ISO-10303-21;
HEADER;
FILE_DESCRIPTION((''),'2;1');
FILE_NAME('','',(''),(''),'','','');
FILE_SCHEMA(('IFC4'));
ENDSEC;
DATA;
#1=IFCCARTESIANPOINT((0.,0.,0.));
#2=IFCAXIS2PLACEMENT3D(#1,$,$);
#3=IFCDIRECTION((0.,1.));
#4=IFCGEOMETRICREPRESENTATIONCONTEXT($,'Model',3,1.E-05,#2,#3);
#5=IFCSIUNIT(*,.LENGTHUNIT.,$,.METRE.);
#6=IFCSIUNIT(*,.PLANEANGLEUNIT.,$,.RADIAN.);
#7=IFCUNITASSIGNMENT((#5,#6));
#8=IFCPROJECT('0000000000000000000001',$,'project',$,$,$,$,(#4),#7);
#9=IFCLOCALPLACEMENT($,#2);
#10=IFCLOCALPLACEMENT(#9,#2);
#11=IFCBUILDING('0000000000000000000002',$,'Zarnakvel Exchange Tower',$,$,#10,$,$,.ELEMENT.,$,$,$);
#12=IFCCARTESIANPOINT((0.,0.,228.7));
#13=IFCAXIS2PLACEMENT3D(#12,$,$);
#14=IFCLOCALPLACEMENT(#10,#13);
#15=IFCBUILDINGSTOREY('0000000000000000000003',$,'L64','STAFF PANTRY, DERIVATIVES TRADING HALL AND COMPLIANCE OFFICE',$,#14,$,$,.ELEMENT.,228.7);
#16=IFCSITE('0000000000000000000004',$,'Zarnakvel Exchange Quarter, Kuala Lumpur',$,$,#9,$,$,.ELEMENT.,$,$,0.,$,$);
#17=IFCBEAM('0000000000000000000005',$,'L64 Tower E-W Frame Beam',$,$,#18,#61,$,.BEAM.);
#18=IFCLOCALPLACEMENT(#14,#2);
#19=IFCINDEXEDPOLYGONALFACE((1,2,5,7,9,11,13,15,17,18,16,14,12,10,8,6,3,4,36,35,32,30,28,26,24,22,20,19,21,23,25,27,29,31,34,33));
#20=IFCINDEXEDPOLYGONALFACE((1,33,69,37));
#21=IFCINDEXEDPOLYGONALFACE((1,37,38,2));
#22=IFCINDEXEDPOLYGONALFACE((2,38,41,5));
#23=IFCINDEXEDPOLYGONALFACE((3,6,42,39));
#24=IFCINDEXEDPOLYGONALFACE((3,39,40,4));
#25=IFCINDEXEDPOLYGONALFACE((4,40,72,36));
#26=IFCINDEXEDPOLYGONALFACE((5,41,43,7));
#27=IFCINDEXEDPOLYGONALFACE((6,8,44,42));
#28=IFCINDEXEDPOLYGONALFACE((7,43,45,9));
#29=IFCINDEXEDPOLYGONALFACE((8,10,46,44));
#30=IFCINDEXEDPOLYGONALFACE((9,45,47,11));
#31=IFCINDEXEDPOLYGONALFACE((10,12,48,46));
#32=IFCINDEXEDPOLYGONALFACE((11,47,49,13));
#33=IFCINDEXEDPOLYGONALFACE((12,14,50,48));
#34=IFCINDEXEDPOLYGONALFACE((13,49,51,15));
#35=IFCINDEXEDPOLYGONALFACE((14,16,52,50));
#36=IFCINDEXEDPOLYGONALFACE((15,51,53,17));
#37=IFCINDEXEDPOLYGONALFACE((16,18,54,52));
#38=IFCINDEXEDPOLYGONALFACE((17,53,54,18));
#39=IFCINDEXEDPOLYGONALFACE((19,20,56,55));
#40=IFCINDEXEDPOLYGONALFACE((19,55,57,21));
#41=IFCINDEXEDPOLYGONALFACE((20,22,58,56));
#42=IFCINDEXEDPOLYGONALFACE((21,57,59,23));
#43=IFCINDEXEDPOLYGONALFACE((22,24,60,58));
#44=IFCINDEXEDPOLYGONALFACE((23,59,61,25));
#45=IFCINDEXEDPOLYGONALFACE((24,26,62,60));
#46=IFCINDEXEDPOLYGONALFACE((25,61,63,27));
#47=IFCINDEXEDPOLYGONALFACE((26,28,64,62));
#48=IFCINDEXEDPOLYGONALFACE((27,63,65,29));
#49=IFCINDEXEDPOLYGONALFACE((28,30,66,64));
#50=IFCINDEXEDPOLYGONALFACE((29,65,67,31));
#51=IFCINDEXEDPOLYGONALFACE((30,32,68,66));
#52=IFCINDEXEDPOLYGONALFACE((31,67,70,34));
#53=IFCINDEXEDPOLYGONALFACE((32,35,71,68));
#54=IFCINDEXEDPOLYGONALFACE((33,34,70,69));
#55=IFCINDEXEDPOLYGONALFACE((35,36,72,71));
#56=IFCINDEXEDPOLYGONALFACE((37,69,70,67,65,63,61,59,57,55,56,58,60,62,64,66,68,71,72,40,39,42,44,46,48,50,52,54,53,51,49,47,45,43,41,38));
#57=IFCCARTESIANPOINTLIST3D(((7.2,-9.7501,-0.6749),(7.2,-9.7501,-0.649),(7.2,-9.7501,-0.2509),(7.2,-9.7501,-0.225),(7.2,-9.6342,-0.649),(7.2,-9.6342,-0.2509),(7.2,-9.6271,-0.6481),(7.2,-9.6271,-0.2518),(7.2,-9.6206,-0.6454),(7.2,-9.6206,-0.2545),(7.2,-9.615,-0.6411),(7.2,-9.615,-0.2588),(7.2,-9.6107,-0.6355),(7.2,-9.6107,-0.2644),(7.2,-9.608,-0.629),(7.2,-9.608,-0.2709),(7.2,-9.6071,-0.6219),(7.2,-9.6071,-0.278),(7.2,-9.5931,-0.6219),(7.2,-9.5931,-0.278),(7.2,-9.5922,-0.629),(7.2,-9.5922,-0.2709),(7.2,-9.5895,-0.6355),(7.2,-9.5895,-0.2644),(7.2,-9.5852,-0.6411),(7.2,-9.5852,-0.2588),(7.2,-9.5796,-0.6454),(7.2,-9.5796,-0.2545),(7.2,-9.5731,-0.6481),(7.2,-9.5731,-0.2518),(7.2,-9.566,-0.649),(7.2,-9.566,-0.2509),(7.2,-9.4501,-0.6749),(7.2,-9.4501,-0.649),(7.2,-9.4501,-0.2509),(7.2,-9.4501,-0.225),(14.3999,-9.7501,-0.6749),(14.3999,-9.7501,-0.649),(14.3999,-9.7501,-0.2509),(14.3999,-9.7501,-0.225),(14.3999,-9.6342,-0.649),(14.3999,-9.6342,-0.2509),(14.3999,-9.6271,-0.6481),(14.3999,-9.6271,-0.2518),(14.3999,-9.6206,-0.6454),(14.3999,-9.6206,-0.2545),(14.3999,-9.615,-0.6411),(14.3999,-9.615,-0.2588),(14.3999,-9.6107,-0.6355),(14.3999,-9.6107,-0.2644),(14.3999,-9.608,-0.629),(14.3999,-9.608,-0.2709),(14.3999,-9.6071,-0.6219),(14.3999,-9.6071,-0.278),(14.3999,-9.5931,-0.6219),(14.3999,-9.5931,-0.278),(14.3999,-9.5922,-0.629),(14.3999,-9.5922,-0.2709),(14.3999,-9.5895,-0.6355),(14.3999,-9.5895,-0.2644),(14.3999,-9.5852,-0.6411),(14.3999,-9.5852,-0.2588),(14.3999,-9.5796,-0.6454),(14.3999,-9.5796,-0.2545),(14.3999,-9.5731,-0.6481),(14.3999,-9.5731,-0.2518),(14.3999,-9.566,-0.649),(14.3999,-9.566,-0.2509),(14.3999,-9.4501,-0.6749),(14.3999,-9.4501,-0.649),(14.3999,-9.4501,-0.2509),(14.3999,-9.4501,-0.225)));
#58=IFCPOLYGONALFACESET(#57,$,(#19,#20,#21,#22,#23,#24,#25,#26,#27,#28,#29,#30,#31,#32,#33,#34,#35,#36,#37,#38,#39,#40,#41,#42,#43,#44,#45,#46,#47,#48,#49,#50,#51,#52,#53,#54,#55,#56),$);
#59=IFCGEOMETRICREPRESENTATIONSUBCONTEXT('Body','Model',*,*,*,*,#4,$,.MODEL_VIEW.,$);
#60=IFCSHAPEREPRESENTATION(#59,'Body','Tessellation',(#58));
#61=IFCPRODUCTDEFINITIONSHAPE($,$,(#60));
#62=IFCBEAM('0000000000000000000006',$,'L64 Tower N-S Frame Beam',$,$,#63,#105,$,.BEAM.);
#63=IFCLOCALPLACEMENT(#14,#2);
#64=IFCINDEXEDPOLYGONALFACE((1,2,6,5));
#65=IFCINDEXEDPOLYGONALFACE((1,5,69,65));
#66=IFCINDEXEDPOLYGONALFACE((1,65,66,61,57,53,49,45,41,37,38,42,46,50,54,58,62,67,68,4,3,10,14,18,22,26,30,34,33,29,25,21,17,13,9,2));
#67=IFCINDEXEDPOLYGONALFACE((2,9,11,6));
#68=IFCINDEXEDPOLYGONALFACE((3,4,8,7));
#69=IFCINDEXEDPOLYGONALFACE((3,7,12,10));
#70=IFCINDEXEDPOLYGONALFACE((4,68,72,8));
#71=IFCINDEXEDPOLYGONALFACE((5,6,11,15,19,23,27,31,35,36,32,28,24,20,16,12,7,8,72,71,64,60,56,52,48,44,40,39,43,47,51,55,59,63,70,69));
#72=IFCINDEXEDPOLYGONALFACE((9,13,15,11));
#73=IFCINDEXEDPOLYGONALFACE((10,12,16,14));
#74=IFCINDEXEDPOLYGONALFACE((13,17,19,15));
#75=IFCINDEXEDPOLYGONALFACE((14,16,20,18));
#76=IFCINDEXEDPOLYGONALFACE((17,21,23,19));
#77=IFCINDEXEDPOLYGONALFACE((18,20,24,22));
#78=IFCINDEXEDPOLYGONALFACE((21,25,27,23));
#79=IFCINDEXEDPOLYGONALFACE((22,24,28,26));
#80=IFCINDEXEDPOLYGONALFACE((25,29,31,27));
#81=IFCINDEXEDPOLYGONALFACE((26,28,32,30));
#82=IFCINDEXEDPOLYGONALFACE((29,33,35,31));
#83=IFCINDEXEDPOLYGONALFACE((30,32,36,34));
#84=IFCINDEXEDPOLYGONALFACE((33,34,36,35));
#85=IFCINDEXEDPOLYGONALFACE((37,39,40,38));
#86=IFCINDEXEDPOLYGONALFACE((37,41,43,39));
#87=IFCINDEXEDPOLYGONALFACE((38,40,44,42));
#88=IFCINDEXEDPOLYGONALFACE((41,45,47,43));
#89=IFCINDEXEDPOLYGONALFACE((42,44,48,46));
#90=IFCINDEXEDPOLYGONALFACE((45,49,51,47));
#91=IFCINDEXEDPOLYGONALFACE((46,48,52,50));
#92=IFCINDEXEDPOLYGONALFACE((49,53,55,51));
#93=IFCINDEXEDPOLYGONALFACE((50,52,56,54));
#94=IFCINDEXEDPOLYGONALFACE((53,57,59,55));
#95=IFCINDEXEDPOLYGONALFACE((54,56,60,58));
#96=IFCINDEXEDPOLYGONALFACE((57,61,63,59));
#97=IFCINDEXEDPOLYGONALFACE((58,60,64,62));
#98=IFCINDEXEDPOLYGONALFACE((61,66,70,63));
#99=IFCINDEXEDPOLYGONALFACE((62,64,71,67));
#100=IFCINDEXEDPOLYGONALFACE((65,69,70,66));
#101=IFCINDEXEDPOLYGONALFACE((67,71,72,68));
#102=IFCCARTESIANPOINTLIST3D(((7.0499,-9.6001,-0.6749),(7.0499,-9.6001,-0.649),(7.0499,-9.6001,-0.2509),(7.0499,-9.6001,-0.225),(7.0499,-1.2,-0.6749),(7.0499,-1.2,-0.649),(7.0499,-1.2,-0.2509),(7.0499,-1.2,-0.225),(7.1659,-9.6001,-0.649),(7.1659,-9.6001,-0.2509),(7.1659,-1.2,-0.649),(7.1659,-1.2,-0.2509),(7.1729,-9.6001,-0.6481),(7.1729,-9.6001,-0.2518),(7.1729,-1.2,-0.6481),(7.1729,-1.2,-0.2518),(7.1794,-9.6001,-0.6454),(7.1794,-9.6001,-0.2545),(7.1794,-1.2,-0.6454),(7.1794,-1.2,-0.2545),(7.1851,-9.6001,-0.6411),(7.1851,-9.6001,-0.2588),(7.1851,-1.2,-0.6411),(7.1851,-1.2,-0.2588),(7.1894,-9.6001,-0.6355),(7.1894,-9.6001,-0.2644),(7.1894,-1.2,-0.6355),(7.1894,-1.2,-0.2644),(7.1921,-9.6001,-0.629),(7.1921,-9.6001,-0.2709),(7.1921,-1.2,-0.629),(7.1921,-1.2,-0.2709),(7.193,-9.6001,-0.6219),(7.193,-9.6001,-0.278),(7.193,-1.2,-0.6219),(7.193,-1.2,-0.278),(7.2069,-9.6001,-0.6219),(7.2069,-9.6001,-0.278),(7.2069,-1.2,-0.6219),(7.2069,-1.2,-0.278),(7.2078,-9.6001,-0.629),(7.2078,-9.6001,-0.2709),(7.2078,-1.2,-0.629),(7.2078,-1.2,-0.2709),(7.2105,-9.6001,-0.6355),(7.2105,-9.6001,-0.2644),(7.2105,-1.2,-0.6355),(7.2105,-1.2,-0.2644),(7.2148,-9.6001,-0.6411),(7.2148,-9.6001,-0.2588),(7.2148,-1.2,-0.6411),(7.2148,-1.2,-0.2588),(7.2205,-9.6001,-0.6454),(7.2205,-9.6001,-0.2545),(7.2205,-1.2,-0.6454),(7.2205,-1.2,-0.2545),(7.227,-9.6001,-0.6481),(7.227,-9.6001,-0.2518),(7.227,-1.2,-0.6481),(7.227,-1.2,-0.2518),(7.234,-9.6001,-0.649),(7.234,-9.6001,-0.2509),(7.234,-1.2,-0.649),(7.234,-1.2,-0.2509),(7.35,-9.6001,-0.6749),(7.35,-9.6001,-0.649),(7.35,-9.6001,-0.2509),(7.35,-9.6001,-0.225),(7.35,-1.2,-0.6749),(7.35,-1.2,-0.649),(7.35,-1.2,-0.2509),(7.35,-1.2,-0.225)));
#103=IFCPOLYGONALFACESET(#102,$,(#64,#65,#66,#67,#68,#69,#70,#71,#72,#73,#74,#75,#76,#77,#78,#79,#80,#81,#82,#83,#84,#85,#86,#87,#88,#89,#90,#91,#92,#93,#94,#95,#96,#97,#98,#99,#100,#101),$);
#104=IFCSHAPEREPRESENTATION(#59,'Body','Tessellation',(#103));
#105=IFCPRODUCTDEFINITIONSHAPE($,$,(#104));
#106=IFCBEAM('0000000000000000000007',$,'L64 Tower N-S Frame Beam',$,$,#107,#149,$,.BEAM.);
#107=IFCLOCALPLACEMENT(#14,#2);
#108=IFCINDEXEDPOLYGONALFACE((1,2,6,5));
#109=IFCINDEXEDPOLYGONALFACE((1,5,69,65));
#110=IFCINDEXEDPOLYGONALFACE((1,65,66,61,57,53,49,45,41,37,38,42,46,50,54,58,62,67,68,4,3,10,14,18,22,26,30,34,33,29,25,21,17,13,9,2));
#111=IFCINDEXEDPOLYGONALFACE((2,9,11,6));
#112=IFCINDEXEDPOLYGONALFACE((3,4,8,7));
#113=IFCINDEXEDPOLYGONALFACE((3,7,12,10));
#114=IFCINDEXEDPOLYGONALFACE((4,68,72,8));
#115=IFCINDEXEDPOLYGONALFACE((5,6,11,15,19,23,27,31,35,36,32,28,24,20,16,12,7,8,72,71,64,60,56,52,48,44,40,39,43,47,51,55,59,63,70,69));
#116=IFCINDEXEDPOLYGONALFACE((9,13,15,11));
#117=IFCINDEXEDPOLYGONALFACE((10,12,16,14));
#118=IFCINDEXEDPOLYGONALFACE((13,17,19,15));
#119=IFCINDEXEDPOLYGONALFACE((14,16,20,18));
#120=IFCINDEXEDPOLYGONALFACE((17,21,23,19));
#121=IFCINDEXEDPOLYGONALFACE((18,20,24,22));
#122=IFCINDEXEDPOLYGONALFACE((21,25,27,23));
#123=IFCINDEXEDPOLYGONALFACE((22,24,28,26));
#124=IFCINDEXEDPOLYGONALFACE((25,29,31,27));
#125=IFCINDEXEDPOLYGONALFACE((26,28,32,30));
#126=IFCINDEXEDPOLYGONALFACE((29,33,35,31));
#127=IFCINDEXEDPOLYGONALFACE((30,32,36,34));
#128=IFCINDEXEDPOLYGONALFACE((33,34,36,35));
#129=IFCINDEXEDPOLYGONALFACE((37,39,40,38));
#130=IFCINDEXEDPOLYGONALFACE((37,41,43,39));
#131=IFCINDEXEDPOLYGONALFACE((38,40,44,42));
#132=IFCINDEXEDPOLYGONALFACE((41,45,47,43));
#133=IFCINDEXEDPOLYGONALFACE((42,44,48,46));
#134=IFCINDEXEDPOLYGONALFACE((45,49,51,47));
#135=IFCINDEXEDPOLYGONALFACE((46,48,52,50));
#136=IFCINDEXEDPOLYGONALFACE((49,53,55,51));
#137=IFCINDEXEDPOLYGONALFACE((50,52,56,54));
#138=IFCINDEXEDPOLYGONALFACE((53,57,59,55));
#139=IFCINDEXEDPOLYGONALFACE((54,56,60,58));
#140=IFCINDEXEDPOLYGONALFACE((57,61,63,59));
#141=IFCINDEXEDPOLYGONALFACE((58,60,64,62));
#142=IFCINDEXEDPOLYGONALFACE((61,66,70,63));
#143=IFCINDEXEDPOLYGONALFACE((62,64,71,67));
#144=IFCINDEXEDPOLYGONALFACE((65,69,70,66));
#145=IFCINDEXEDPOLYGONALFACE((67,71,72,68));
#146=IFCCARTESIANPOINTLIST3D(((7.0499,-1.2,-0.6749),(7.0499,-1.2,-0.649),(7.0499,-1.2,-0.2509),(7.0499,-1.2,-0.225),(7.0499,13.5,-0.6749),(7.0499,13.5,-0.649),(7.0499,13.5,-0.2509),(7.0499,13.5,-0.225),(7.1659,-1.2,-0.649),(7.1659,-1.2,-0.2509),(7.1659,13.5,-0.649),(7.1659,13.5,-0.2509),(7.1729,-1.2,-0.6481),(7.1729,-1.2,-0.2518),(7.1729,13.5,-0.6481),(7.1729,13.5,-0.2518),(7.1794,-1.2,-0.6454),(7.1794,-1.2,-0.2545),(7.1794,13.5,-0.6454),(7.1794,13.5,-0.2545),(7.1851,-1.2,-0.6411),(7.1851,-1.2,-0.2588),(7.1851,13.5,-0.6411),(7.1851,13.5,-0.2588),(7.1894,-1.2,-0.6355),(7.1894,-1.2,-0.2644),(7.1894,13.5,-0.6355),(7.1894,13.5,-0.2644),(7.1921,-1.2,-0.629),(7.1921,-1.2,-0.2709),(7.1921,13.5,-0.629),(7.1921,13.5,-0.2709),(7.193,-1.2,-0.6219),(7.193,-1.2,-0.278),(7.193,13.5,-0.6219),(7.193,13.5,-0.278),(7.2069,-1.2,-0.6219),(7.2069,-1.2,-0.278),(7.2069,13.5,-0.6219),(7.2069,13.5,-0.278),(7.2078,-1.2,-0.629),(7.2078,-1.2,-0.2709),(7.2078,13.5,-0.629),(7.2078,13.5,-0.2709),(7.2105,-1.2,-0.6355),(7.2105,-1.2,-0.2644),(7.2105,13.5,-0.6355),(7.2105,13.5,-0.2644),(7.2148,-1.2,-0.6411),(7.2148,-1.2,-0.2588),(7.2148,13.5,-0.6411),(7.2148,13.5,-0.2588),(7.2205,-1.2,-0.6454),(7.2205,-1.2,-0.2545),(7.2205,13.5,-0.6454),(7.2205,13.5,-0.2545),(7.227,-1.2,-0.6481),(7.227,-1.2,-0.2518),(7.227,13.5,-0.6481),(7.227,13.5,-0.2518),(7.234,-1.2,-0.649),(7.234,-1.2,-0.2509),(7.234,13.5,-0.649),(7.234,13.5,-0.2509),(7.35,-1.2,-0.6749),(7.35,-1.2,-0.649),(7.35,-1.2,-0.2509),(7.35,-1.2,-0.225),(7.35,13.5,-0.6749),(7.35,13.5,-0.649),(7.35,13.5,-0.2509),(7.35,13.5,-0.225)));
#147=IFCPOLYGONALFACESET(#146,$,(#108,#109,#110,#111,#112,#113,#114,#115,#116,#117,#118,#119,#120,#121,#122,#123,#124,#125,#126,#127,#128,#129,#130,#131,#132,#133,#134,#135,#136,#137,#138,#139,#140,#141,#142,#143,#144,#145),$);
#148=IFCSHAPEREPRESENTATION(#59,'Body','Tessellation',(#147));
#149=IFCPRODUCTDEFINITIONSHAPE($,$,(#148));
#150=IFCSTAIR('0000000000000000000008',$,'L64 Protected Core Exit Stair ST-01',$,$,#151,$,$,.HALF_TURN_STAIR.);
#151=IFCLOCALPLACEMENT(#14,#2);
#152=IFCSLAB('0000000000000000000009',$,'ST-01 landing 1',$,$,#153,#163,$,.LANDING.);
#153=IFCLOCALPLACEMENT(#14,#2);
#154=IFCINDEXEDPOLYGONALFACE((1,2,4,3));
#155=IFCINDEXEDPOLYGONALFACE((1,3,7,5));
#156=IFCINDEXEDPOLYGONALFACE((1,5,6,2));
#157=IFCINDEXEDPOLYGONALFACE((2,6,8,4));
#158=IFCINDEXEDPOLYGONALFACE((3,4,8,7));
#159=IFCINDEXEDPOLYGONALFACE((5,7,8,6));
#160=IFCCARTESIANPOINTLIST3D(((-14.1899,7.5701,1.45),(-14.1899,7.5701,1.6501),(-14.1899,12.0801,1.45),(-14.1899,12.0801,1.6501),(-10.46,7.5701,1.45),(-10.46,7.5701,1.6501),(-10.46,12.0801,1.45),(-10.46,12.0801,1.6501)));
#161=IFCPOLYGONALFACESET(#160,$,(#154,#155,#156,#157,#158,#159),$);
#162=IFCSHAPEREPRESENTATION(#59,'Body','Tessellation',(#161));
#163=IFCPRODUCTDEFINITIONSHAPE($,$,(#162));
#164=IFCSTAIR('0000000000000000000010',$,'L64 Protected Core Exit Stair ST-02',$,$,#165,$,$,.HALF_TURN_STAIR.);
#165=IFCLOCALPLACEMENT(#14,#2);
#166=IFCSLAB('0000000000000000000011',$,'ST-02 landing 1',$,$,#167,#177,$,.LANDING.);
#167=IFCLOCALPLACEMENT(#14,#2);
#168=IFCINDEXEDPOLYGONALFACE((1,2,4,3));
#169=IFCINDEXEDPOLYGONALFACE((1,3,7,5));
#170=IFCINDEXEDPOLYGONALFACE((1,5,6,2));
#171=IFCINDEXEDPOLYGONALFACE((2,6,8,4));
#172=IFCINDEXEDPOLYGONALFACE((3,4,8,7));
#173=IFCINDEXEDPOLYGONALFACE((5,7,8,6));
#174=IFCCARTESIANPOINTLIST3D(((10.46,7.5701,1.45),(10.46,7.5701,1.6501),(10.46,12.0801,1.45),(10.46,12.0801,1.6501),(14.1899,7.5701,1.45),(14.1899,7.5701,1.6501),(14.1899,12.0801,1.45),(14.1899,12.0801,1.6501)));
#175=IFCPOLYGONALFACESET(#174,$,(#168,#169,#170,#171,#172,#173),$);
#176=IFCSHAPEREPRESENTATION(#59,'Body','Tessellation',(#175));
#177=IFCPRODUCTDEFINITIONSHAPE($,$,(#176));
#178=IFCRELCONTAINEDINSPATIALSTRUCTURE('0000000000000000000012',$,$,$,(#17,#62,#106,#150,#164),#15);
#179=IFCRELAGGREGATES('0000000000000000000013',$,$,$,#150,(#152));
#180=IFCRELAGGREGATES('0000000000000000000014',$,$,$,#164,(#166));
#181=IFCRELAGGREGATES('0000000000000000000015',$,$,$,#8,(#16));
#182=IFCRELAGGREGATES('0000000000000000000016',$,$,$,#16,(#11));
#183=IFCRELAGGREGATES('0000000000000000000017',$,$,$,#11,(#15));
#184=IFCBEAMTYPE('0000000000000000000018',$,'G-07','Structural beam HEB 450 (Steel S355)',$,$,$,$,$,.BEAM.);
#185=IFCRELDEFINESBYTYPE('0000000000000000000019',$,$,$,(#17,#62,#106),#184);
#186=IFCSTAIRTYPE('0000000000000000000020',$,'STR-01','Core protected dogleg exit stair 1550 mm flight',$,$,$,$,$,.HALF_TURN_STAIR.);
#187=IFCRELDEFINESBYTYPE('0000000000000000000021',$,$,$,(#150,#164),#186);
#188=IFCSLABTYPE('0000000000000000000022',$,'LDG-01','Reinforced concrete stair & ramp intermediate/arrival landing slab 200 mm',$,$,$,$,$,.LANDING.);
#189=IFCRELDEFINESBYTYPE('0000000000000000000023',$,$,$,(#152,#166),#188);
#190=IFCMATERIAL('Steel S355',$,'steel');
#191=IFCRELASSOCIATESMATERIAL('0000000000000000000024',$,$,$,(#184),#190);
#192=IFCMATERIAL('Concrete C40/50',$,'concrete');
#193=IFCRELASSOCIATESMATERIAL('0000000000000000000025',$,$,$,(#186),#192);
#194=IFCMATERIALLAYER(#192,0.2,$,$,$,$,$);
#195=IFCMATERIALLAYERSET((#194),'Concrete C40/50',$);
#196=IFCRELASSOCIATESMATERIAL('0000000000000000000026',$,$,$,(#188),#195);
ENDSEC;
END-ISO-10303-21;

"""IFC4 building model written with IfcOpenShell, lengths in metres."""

from ifc_helpers import new_model, si_unit, direction, frame, origin, origin_2d, place, context, subcontext, project, spatial, polyline, i_section, outline, extrude, material, layer, layer_set, material_profile, profile_set, type_object, element, aggregate, save


model = new_model("IFC4")

# Units and contexts
model_context = context("Model", 3, precision=1e-05, world=origin(), true_north=direction((0.0, 1.0)))
body_context = subcontext(model_context, "Body", "Model", "MODEL_VIEW")
ifc_project = project(units=[si_unit("LENGTHUNIT", "METRE"), si_unit("PLANEANGLEUNIT", "RADIAN")], contexts=[model_context])

# Site, building, storey
site_placement = place(None, origin())
site = spatial("IfcSite", under=ifc_project, at=site_placement, Name="Zarnakvel Exchange Quarter, Kuala Lumpur", CompositionType="ELEMENT", RefElevation=0.0)
building_placement = place(site_placement, origin())
building = spatial("IfcBuilding", under=site, at=building_placement, Name="Zarnakvel Exchange Tower", CompositionType="ELEMENT")
storey_placement = place(building_placement, frame((0.0, 0.0, 228.7)))
storey = spatial("IfcBuildingStorey", under=building, at=storey_placement, Name="L64", Description="STAFF PANTRY, DERIVATIVES TRADING HALL AND COMPLIANCE OFFICE", CompositionType="ELEMENT", Elevation=228.7)

# Beams
ifc_material_1 = material(Name="Steel S355", Category="steel")
ifc_material_profile_1 = material_profile(ifc_material_1, i_section(OverallWidth=0.3, OverallDepth=0.45, WebThickness=0.0139, FlangeThickness=0.0259, FilletRadius=0.0271, at=origin_2d()))
ifc_profile_set_1 = profile_set([ifc_material_profile_1], Name="Steel S355")
beam_type_1 = type_object("IfcBeamType", Name="G-07", Description="Structural beam HEB 450 (Steel S355)", PredefinedType="BEAM", material=ifc_profile_set_1)
beam_1_placement = place(storey_placement, frame((7.2, -9.6001, -0.45), z_axis=(1.0, 0.0, 0.0), x_axis=(0.0, 1.0, 0.0)))
element("IfcBeam", 1, at=beam_1_placement, inside=storey, type_object=beam_type_1, Name="L64 Tower E-W Frame Beam", PredefinedType="BEAM", context=body_context, shape_type="SweptSolid", body=[
    extrude(i_section(OverallWidth=0.3, OverallDepth=0.45, WebThickness=0.0139, FlangeThickness=0.0259, FilletRadius=0.0271, at=origin_2d()), origin(), (0.0, 0.0, 1.0), 7.2),
])
beam_2_placement = place(storey_placement, frame((7.2, -9.6001, -0.45), z_axis=(0.0, 1.0, 0.0), x_axis=(-1.0, 0.0, 0.0)))
element("IfcBeam", 2, at=beam_2_placement, inside=storey, type_object=beam_type_1, Name="L64 Tower N-S Frame Beam", PredefinedType="BEAM", context=body_context, shape_type="SweptSolid", body=[
    extrude(i_section(OverallWidth=0.3, OverallDepth=0.45, WebThickness=0.0139, FlangeThickness=0.0259, FilletRadius=0.0271, at=origin_2d()), origin(), (0.0, 0.0, 1.0), 8.4001),
])
beam_3_placement = place(storey_placement, frame((7.2, -1.2, -0.45), z_axis=(0.0, 1.0, 0.0), x_axis=(-1.0, 0.0, 0.0)))
element("IfcBeam", 3, at=beam_3_placement, inside=storey, type_object=beam_type_1, Name="L64 Tower N-S Frame Beam", PredefinedType="BEAM", context=body_context, shape_type="SweptSolid", body=[
    extrude(i_section(OverallWidth=0.3, OverallDepth=0.45, WebThickness=0.0139, FlangeThickness=0.0259, FilletRadius=0.0271, at=origin_2d()), origin(), (0.0, 0.0, 1.0), 14.7),
])

# Stairs, slabs
ifc_material_2 = material(Name="Concrete C40/50", Category="concrete")
stair_type = type_object("IfcStairType", Name="STR-01", Description="Core protected dogleg exit stair 1550 mm flight", PredefinedType="HALF_TURN_STAIR", material=ifc_material_2)
stair_1_placement = place(storey_placement, origin())
stair_1 = element("IfcStair", 4, at=stair_1_placement, inside=storey, type_object=stair_type, Name="L64 Protected Core Exit Stair ST-01", PredefinedType="HALF_TURN_STAIR")
ifc_layer_1 = layer(ifc_material_2, 0.2)
ifc_layer_set_1 = layer_set([ifc_layer_1], Name="Concrete C40/50")
slab_type_1 = type_object("IfcSlabType", Name="LDG-01", Description="Reinforced concrete stair & ramp intermediate/arrival landing slab 200 mm", PredefinedType="LANDING", material=ifc_layer_set_1)
slab_1_placement = place(storey_placement, frame((0.0, 0.0, 1.45)))
slab_1 = element("IfcSlab", 5, at=slab_1_placement, type_object=slab_type_1, Name="ST-01 landing 1", PredefinedType="LANDING", context=body_context, shape_type="SweptSolid", body=[
    extrude(outline(polyline([(-14.1899, 7.5701), (-10.46, 7.5701), (-10.46, 12.0801), (-14.1899, 12.0801), (-14.1899, 7.5701)])), origin(), (0.0, 0.0, 1.0), 0.2002),
])
aggregate(stair_1, [slab_1])
stair_2_placement = place(storey_placement, origin())
stair_2 = element("IfcStair", 6, at=stair_2_placement, inside=storey, type_object=stair_type, Name="L64 Protected Core Exit Stair ST-02", PredefinedType="HALF_TURN_STAIR")
slab_2_placement = place(storey_placement, frame((0.0, 0.0, 1.45)))
slab_2 = element("IfcSlab", 7, at=slab_2_placement, type_object=slab_type_1, Name="ST-02 landing 1", PredefinedType="LANDING", context=body_context, shape_type="SweptSolid", body=[
    extrude(outline(polyline([(10.46, 7.5701), (14.1899, 7.5701), (14.1899, 12.0801), (10.46, 12.0801), (10.46, 7.5701)])), origin(), (0.0, 0.0, 1.0), 0.2002),
])
aggregate(stair_2, [slab_2])

save(model, "model.ifc")
